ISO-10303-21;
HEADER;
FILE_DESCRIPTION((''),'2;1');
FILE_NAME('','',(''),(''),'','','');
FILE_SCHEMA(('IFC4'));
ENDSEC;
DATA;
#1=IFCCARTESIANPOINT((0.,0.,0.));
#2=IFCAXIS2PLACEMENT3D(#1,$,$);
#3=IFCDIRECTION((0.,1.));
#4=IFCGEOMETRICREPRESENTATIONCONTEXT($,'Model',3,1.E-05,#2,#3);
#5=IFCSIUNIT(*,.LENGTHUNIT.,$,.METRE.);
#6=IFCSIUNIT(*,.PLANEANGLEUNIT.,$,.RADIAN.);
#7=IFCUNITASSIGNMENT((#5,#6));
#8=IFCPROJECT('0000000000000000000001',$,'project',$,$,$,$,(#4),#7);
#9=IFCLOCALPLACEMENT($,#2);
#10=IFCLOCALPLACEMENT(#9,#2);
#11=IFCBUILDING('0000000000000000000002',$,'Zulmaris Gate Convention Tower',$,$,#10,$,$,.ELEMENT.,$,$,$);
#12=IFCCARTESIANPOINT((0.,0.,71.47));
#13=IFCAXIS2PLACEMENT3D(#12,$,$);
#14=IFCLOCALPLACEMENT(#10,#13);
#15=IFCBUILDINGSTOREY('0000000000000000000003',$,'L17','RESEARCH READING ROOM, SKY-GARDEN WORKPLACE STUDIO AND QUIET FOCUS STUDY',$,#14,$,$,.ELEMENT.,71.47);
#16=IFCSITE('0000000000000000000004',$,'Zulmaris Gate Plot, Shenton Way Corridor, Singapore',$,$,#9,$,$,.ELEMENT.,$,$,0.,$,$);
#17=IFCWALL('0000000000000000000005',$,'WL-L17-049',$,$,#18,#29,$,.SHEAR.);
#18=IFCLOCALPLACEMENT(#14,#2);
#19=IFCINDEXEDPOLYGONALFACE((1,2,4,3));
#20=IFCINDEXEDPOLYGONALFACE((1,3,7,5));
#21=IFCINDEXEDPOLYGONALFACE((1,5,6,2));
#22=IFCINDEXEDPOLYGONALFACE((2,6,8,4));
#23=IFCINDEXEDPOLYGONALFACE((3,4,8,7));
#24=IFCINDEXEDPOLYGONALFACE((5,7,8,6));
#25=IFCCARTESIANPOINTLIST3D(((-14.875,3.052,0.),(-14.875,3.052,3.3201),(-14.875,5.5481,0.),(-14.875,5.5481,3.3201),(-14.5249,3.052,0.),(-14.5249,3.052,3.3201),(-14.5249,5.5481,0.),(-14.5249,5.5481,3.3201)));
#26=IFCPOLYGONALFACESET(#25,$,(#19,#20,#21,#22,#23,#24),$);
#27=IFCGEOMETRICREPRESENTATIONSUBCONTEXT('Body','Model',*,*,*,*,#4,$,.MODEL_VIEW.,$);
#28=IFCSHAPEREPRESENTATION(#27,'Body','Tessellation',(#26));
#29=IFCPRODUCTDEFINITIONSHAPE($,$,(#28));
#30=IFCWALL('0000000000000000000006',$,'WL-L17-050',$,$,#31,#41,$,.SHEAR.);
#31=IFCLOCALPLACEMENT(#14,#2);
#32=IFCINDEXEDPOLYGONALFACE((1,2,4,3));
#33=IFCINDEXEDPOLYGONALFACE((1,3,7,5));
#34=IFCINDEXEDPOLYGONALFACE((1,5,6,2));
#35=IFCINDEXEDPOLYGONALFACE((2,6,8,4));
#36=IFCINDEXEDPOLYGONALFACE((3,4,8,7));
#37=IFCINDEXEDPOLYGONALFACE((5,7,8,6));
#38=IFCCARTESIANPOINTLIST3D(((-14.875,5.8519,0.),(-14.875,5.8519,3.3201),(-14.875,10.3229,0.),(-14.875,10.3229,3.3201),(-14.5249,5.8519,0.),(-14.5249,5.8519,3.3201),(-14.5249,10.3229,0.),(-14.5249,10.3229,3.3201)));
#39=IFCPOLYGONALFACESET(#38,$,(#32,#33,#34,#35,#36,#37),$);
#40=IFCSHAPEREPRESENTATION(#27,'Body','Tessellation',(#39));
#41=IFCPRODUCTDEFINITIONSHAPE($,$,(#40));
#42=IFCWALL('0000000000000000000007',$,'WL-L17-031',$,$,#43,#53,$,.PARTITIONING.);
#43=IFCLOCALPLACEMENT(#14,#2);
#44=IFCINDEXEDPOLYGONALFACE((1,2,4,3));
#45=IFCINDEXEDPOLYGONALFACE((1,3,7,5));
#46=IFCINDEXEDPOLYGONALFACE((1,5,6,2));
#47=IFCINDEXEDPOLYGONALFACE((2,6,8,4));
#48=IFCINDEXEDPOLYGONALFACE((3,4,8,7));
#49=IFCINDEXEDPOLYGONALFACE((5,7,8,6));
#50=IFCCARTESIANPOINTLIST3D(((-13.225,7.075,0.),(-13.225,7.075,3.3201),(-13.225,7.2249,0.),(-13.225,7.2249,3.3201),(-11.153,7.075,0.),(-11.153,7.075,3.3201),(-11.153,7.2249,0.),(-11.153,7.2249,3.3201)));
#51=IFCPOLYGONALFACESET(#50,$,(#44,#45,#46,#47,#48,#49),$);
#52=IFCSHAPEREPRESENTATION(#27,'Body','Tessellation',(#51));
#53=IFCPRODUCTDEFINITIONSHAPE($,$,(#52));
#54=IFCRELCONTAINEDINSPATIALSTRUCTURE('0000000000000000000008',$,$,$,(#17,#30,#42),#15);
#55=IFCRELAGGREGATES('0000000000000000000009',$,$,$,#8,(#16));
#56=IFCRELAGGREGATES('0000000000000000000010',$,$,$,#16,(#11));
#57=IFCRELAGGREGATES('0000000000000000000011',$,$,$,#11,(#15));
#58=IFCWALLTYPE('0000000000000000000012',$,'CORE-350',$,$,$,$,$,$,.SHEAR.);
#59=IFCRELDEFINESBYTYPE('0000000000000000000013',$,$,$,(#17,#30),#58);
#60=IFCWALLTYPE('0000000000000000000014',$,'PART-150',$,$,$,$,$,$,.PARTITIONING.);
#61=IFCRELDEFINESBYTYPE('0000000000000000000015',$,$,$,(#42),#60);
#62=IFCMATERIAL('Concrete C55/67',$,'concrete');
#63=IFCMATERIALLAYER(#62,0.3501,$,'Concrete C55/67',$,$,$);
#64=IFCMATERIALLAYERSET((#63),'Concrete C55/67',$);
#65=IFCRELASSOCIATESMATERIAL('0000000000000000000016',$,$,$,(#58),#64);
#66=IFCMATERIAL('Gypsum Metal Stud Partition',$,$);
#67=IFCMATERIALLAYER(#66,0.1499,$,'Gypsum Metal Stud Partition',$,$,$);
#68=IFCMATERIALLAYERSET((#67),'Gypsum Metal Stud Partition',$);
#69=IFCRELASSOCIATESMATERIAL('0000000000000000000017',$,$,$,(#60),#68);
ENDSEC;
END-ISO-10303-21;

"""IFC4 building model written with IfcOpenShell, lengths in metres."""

from ifc_helpers import new_model, si_unit, direction, frame, frame_2d, origin, place, context, subcontext, project, spatial, rectangle, extrude, material, layer, layer_set, type_object, element, save


model = new_model("IFC4")

# Units and contexts
model_context = context("Model", 3, precision=1e-05, world=origin(), true_north=direction((0.0, 1.0)))
body_context = subcontext(model_context, "Body", "Model", "MODEL_VIEW")
ifc_project = project(units=[si_unit("LENGTHUNIT", "METRE"), si_unit("PLANEANGLEUNIT", "RADIAN")], contexts=[model_context])

# Site, building, storey
site_placement = place(None, origin())
site = spatial("IfcSite", under=ifc_project, at=site_placement, Name="Zulmaris Gate Plot, Shenton Way Corridor, Singapore", CompositionType="ELEMENT", RefElevation=0.0)
building_placement = place(site_placement, origin())
building = spatial("IfcBuilding", under=site, at=building_placement, Name="Zulmaris Gate Convention Tower", CompositionType="ELEMENT")
storey_placement = place(building_placement, frame((0.0, 0.0, 71.47)))
storey = spatial("IfcBuildingStorey", under=building, at=storey_placement, Name="L17", Description="RESEARCH READING ROOM, SKY-GARDEN WORKPLACE STUDIO AND QUIET FOCUS STUDY", CompositionType="ELEMENT", Elevation=71.47)

# Walls
ifc_material_1 = material(Name="Concrete C55/67", Category="concrete")
ifc_layer_1 = layer(ifc_material_1, 0.3501, Name="Concrete C55/67")
ifc_layer_set_1 = layer_set([ifc_layer_1], Name="Concrete C55/67")
wall_type_1 = type_object("IfcWallType", Name="CORE-350", PredefinedType="SHEAR", material=ifc_layer_set_1)
wall_1_placement = place(storey_placement, frame((-14.7, 3.052, 0.0), z_axis=(0.0, 0.0, 1.0), x_axis=(0.0, 1.0, 0.0)))
element("IfcWall", 1, at=wall_1_placement, inside=storey, type_object=wall_type_1, Name="WL-L17-049", PredefinedType="SHEAR", context=body_context, shape_type="SweptSolid", body=[
    extrude(rectangle(XDim=2.4961, YDim=0.3501, at=frame_2d((1.248, 0.0))), origin(), (0.0, 0.0, 1.0), 3.3201),
])
wall_2_placement = place(storey_placement, frame((-14.7, 5.8521, 0.0), z_axis=(0.0, 0.0, 1.0), x_axis=(0.0, 1.0, 0.0)))
element("IfcWall", 2, at=wall_2_placement, inside=storey, type_object=wall_type_1, Name="WL-L17-050", PredefinedType="SHEAR", context=body_context, shape_type="SweptSolid", body=[
    extrude(rectangle(XDim=4.4709, YDim=0.3501, at=frame_2d((2.2354, 0.0))), origin(), (0.0, 0.0, 1.0), 3.3201),
])
ifc_material_2 = material(Name="Gypsum Metal Stud Partition")
ifc_layer_2 = layer(ifc_material_2, 0.1499, Name="Gypsum Metal Stud Partition")
ifc_layer_set_2 = layer_set([ifc_layer_2], Name="Gypsum Metal Stud Partition")
wall_type_2 = type_object("IfcWallType", Name="PART-150", PredefinedType="PARTITIONING", material=ifc_layer_set_2)
wall_3_placement = place(storey_placement, frame((-13.2251, 7.1499, 0.0), z_axis=(0.0, 0.0, 1.0), x_axis=(1.0, 0.0, 0.0)))
element("IfcWall", 3, at=wall_3_placement, inside=storey, type_object=wall_type_2, Name="WL-L17-031", PredefinedType="PARTITIONING", context=body_context, shape_type="SweptSolid", body=[
    extrude(rectangle(XDim=2.072, YDim=0.1499, at=frame_2d((1.0361, 0.0))), origin(), (0.0, 0.0, 1.0), 3.3201),
])

save(model, "model.ifc")
